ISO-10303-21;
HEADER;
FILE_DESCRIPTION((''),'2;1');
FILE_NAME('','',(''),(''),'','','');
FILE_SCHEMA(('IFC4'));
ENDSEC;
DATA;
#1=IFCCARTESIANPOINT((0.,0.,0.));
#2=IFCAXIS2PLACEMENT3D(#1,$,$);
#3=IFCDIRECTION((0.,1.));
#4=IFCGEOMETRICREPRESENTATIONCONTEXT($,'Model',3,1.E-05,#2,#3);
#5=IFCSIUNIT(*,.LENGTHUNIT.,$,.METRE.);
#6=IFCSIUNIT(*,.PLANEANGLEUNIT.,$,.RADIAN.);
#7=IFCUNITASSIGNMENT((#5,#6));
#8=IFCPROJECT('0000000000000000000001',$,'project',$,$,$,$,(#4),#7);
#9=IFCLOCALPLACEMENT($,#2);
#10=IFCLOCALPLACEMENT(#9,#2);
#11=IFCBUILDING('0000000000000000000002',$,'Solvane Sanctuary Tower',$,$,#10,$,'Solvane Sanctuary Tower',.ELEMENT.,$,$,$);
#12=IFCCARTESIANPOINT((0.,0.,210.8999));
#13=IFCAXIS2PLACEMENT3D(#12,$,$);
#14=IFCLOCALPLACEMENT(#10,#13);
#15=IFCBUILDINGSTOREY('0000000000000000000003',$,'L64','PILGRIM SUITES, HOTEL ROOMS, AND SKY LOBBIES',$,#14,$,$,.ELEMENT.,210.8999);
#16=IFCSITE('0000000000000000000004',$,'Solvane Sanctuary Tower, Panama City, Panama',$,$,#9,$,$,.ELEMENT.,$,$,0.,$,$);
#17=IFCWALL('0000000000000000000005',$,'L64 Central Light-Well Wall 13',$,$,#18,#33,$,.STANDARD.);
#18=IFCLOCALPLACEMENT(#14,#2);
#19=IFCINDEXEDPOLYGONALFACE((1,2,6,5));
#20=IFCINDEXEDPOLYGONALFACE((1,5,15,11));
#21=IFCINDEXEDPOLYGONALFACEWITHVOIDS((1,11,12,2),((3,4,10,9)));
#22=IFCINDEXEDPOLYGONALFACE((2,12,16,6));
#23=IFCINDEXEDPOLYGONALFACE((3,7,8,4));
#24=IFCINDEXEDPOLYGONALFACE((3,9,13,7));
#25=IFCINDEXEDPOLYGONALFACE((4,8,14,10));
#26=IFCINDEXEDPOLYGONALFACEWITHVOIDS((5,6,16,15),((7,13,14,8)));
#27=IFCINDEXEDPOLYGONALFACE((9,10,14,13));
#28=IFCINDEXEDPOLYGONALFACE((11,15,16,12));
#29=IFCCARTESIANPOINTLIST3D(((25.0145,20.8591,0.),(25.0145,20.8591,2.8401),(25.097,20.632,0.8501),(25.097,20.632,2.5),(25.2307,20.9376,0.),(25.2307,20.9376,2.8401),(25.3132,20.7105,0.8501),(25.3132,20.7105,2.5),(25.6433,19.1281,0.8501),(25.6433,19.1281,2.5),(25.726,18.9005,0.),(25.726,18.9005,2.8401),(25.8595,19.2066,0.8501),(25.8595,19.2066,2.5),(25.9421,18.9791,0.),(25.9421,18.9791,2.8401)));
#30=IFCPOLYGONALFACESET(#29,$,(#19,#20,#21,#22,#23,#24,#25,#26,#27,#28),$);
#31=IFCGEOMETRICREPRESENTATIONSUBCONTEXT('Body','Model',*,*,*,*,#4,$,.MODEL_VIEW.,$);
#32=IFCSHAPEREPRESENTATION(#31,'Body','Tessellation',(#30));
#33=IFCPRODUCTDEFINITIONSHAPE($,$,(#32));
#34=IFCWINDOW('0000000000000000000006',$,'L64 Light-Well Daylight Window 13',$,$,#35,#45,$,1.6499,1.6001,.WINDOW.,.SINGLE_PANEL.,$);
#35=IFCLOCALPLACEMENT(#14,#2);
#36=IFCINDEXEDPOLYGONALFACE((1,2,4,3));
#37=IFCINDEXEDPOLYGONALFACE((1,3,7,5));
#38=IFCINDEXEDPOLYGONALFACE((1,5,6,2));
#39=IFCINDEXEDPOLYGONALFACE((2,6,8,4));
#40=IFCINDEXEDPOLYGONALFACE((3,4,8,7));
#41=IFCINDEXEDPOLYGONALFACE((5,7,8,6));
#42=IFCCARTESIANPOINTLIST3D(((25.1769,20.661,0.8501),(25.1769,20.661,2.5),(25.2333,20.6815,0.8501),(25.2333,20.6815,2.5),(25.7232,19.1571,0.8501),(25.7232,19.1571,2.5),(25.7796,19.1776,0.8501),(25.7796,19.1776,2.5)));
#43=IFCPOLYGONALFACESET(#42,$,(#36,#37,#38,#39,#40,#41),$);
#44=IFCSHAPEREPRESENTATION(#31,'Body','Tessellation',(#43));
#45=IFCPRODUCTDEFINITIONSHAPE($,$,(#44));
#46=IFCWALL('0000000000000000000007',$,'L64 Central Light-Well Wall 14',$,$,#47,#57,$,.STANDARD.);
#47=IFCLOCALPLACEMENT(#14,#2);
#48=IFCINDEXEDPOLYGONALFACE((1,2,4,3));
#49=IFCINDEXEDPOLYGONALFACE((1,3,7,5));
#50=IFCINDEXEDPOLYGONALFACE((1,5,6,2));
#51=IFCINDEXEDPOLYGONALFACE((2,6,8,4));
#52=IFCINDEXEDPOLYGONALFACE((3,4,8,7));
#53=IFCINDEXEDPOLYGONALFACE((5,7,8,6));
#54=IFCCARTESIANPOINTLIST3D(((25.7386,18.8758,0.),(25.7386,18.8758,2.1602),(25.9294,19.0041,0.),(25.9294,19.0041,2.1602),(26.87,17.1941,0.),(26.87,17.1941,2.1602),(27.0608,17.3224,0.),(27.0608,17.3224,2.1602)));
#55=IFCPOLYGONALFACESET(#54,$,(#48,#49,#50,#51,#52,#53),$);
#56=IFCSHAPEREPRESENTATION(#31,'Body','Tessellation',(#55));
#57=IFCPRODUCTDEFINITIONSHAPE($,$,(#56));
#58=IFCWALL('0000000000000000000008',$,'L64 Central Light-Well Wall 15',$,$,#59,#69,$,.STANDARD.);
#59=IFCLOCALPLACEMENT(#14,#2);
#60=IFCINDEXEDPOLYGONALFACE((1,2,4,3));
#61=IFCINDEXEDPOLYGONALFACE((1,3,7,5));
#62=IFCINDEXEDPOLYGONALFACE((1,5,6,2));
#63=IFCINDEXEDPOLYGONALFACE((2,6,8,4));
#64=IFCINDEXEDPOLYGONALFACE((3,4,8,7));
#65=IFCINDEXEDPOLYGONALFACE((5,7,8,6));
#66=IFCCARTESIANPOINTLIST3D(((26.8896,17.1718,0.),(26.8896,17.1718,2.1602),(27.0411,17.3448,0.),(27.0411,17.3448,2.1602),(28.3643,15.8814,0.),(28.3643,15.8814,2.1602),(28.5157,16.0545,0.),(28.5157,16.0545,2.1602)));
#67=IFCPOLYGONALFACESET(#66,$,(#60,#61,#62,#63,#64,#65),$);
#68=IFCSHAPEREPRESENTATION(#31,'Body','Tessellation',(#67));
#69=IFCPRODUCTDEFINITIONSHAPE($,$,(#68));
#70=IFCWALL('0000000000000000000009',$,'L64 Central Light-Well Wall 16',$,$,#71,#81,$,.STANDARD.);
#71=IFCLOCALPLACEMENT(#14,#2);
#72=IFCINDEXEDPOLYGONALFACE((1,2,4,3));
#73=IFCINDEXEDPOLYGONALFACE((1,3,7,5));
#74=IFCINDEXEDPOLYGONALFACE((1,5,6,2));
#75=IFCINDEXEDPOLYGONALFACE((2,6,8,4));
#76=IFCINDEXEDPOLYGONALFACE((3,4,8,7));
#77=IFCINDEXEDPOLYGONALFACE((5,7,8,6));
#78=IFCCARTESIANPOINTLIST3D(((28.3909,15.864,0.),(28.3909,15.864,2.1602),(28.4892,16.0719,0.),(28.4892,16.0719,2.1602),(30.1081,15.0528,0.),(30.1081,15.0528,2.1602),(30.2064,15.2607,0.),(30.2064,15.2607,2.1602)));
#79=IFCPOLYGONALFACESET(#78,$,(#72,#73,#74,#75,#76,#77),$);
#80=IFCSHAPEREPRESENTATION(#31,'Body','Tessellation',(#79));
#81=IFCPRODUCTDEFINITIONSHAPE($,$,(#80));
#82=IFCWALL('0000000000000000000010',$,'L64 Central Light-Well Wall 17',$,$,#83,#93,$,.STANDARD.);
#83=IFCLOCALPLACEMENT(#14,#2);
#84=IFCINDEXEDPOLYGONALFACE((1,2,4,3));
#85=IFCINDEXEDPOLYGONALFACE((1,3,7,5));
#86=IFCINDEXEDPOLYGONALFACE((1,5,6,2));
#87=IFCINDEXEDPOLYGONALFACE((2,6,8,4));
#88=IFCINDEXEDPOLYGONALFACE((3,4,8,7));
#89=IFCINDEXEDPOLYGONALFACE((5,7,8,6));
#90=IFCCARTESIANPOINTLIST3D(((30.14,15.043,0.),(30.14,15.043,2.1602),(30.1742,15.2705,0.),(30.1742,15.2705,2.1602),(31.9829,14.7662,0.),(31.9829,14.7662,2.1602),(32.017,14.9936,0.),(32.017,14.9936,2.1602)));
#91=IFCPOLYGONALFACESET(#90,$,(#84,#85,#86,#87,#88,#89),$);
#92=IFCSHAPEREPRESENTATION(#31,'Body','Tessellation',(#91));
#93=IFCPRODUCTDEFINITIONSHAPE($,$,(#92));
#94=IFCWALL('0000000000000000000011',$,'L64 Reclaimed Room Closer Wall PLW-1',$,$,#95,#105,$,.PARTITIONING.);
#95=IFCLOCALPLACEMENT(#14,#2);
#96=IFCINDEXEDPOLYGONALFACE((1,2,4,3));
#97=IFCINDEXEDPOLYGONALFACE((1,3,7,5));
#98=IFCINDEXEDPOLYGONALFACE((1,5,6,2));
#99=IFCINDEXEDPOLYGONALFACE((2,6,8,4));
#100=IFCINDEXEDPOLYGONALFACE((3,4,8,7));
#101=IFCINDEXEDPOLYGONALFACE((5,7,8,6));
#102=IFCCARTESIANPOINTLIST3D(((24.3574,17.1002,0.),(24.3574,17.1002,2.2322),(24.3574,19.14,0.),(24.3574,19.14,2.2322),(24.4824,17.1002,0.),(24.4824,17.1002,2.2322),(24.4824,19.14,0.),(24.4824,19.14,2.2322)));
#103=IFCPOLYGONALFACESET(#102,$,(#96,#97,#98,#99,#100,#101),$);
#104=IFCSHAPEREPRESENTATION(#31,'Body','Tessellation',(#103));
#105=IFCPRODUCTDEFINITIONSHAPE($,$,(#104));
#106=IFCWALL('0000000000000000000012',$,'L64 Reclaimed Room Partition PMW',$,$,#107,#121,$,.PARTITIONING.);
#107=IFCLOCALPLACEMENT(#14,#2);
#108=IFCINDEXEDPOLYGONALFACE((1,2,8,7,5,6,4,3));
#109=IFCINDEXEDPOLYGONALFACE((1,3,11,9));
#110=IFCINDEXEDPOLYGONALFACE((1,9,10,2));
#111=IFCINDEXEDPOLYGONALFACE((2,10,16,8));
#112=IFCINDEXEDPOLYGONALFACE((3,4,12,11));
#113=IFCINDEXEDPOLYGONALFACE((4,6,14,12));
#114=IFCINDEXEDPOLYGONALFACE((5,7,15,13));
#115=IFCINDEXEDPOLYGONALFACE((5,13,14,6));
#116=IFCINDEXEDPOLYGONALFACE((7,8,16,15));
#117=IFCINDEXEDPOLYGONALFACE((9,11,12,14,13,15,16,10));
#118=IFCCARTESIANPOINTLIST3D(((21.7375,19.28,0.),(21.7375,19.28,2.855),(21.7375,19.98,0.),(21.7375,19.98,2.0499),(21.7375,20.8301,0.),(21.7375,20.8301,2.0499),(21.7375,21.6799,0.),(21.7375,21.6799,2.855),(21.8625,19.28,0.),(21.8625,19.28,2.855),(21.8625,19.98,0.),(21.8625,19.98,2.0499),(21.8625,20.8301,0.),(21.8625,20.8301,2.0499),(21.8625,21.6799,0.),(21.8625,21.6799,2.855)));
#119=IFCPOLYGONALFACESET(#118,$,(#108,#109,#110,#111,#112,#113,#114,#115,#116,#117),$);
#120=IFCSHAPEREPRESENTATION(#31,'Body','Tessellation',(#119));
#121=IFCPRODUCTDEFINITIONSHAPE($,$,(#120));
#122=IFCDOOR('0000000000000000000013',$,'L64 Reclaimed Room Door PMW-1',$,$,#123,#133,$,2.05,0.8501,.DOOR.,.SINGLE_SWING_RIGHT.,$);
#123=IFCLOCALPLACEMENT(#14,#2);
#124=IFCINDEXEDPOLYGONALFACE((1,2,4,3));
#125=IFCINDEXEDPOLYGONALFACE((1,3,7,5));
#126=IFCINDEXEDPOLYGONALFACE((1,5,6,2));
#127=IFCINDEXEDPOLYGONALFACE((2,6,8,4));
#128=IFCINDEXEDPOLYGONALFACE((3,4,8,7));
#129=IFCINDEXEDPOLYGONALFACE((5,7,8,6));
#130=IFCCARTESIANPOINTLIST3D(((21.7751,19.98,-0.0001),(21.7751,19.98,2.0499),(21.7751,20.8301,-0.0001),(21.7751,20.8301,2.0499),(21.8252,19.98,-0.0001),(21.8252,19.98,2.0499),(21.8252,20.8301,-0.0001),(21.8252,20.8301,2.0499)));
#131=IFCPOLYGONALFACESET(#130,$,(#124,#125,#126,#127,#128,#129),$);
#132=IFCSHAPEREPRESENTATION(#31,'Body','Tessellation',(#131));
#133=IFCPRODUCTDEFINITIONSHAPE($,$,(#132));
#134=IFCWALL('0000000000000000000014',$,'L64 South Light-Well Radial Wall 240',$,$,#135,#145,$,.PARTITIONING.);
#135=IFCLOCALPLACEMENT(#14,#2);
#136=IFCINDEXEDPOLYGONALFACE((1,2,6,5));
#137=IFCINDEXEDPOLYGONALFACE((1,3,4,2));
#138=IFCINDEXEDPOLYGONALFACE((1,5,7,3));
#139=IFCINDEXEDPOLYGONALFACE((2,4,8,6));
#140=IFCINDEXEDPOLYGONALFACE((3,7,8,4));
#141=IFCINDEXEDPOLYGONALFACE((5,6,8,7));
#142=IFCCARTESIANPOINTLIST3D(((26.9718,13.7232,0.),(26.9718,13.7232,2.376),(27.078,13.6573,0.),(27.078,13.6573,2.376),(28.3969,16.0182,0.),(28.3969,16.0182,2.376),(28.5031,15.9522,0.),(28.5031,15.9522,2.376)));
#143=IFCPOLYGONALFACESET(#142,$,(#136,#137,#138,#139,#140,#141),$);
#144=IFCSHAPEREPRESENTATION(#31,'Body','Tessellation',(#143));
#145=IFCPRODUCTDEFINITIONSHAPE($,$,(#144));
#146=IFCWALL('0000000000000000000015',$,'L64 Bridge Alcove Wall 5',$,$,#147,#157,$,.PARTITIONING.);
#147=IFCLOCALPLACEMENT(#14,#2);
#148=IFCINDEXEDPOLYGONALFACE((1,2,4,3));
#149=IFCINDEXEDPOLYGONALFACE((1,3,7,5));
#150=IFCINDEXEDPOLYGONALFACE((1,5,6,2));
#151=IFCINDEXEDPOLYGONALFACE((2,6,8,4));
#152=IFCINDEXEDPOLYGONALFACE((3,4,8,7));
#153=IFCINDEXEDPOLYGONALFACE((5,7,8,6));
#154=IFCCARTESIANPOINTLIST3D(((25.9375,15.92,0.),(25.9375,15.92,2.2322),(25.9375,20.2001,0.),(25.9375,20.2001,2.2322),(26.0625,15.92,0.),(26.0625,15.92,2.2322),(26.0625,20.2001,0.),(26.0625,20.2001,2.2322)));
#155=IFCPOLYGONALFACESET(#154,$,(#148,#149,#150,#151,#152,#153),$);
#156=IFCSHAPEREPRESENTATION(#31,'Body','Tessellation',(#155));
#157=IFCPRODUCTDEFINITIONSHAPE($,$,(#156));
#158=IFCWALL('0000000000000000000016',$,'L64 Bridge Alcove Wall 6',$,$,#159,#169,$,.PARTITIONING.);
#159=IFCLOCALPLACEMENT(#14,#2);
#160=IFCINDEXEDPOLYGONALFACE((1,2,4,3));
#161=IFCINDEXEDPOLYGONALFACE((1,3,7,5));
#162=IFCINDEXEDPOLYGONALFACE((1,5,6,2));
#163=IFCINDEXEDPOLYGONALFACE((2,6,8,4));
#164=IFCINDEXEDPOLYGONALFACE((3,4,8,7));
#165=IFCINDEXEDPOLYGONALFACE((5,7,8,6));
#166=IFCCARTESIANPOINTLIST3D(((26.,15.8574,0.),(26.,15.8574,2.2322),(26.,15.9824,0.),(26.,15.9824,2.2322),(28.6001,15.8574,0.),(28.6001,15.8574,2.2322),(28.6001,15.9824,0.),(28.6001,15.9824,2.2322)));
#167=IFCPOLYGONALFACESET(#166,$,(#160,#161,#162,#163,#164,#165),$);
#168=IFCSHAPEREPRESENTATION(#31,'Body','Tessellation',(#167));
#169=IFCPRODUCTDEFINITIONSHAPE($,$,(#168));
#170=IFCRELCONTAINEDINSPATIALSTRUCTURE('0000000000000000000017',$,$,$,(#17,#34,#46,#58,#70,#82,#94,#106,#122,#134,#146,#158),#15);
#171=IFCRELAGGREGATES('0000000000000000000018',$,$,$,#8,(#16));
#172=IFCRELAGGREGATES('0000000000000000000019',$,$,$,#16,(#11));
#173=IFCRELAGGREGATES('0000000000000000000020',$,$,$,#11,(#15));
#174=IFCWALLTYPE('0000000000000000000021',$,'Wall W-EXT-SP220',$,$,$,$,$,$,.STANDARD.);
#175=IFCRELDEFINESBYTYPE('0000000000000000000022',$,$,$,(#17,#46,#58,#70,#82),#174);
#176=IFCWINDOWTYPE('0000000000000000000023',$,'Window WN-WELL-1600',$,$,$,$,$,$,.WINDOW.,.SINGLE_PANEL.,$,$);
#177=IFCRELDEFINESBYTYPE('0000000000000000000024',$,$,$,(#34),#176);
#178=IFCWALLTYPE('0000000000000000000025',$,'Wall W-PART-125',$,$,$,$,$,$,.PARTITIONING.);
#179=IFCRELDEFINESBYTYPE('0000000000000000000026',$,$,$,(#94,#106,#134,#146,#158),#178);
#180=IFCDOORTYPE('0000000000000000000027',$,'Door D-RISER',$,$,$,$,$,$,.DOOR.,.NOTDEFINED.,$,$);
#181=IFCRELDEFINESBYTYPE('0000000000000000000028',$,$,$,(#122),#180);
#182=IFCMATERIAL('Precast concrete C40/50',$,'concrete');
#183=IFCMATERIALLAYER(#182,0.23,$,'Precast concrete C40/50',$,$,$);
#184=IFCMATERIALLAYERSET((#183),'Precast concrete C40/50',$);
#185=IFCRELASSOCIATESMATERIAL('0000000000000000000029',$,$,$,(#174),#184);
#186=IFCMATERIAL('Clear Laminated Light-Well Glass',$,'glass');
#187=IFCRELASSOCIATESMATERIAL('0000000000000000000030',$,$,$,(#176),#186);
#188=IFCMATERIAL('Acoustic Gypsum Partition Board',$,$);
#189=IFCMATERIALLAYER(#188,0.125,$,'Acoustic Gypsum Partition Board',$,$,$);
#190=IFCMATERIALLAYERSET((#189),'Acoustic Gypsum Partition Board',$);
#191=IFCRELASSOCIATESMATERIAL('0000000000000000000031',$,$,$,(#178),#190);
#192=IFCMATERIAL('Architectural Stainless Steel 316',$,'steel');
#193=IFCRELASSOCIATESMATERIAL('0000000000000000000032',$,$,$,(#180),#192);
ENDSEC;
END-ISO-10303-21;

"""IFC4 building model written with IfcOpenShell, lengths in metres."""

from ifc_helpers import new_model, si_unit, direction, frame, frame_2d, origin, place, context, subcontext, project, spatial, rectangle, extrude, material, layer, layer_set, type_object, element, fill, save


model = new_model("IFC4")

# Units and contexts
model_context = context("Model", 3, precision=1e-05, world=origin(), true_north=direction((0.0, 1.0)))
body_context = subcontext(model_context, "Body", "Model", "MODEL_VIEW")
ifc_project = project(units=[si_unit("LENGTHUNIT", "METRE"), si_unit("PLANEANGLEUNIT", "RADIAN")], contexts=[model_context])

# Site, building, storey
site_placement = place(None, origin())
site = spatial("IfcSite", under=ifc_project, at=site_placement, Name="Solvane Sanctuary Tower, Panama City, Panama", CompositionType="ELEMENT", RefElevation=0.0)
building_placement = place(site_placement, origin())
building = spatial("IfcBuilding", under=site, at=building_placement, Name="Solvane Sanctuary Tower", LongName="Solvane Sanctuary Tower", CompositionType="ELEMENT")
storey_placement = place(building_placement, frame((0.0, 0.0, 210.8999)))
storey = spatial("IfcBuildingStorey", under=building, at=storey_placement, Name="L64", Description="PILGRIM SUITES, HOTEL ROOMS, AND SKY LOBBIES", CompositionType="ELEMENT", Elevation=210.8999)

# Wall, opening, window
ifc_material_1 = material(Name="Precast concrete C40/50", Category="concrete")
ifc_layer_1 = layer(ifc_material_1, 0.23, Name="Precast concrete C40/50")
ifc_layer_set_1 = layer_set([ifc_layer_1], Name="Precast concrete C40/50")
wall_type_1 = type_object("IfcWallType", Name="Wall W-EXT-SP220", PredefinedType="STANDARD", material=ifc_layer_set_1)
wall_1_placement = place(storey_placement, frame((25.1226, 20.8984, 0.0), z_axis=(0.0, 0.0, 1.0), x_axis=(0.341423, -0.93991, 0.0)))
wall_1 = element("IfcWall", 1, at=wall_1_placement, inside=storey, type_object=wall_type_1, Name="L64 Central Light-Well Wall 13", PredefinedType="STANDARD", context=body_context, shape_type="SweptSolid", body=[
    extrude(rectangle(XDim=2.0837, YDim=0.23, at=frame_2d((1.042, 0.0))), origin(), (0.0, 0.0, 1.0), 2.8401),
])
opening_1_placement = place(wall_1_placement, frame((0.2417, 0.0, 0.8501)))
opening_1 = element("IfcOpeningElement", 2, at=opening_1_placement, cuts=wall_1, PredefinedType="OPENING", context=body_context, shape_type="SweptSolid", body=[
    extrude(rectangle(XDim=1.6001, YDim=1.6499, at=frame_2d((0.8, 0.825))), frame((0.0, 0.125, 0.0), z_axis=(0.0, -1.0, 0.0), x_axis=(1.0, 0.0, 0.0)), (0.0, 0.0, 1.0), 0.25),
])
ifc_material_2 = material(Name="Clear Laminated Light-Well Glass", Category="glass")
window_type = type_object("IfcWindowType", Name="Window WN-WELL-1600", PartitioningType="SINGLE_PANEL", PredefinedType="WINDOW", material=ifc_material_2)
window_placement = place(opening_1_placement, origin())
window = element("IfcWindow", 3, at=window_placement, inside=storey, type_object=window_type, Name="L64 Light-Well Daylight Window 13", OverallHeight=1.6499, OverallWidth=1.6001, PartitioningType="SINGLE_PANEL", PredefinedType="WINDOW", context=body_context, shape_type="SweptSolid", body=[
    extrude(rectangle(XDim=1.6001, YDim=1.6499, at=frame_2d((0.8, 0.825))), frame((0.0, 0.03, 0.0), z_axis=(0.0, -1.0, 0.0), x_axis=(1.0, 0.0, 0.0)), (0.0, 0.0, 1.0), 0.0601),
])
fill(opening_1, window)

# Walls
wall_2_placement = place(storey_placement, frame((25.834, 18.9399, 0.0), z_axis=(0.0, 0.0, 1.0), x_axis=(0.558198, -0.829708, 0.0)))
element("IfcWall", 4, at=wall_2_placement, inside=storey, type_object=wall_type_1, Name="L64 Central Light-Well Wall 14", PredefinedType="STANDARD", context=body_context, shape_type="SweptSolid", body=[
    extrude(rectangle(XDim=2.0269, YDim=0.23, at=frame_2d((1.0134, 0.0))), origin(), (0.0, 0.0, 1.0), 2.1602),
])
wall_3_placement = place(storey_placement, frame((26.9653, 17.2583, 0.0), z_axis=(0.0, 0.0, 1.0), x_axis=(0.752577, -0.658505, 0.0)))
element("IfcWall", 5, at=wall_3_placement, inside=storey, type_object=wall_type_1, Name="L64 Central Light-Well Wall 15", PredefinedType="STANDARD", context=body_context, shape_type="SweptSolid", body=[
    extrude(rectangle(XDim=1.9595, YDim=0.23, at=frame_2d((0.9797, 0.0))), origin(), (0.0, 0.0, 1.0), 2.1602),
])
wall_4_placement = place(storey_placement, frame((28.4399, 15.968, 0.0), z_axis=(0.0, 0.0, 1.0), x_axis=(0.90418, -0.427152, 0.0)))
element("IfcWall", 6, at=wall_4_placement, inside=storey, type_object=wall_type_1, Name="L64 Central Light-Well Wall 16", PredefinedType="STANDARD", context=body_context, shape_type="SweptSolid", body=[
    extrude(rectangle(XDim=1.8992, YDim=0.23, at=frame_2d((0.9497, 0.0))), origin(), (0.0, 0.0, 1.0), 2.1602),
])
wall_5_placement = place(storey_placement, frame((30.1572, 15.1567, 0.0), z_axis=(0.0, 0.0, 1.0), x_axis=(0.988902, -0.148571, 0.0)))
element("IfcWall", 7, at=wall_5_placement, inside=storey, type_object=wall_type_1, Name="L64 Central Light-Well Wall 17", PredefinedType="STANDARD", context=body_context, shape_type="SweptSolid", body=[
    extrude(rectangle(XDim=1.8635, YDim=0.23, at=frame_2d((0.9316, 0.0))), origin(), (0.0, 0.0, 1.0), 2.1602),
])
ifc_material_3 = material(Name="Acoustic Gypsum Partition Board")
ifc_layer_2 = layer(ifc_material_3, 0.125, Name="Acoustic Gypsum Partition Board")
ifc_layer_set_2 = layer_set([ifc_layer_2], Name="Acoustic Gypsum Partition Board")
wall_type_2 = type_object("IfcWallType", Name="Wall W-PART-125", PredefinedType="PARTITIONING", material=ifc_layer_set_2)
wall_6_placement = place(storey_placement, frame((24.4199, 17.1001, 0.0), z_axis=(0.0, 0.0, 1.0), x_axis=(0.0, 1.0, 0.0)))
element("IfcWall", 8, at=wall_6_placement, inside=storey, type_object=wall_type_2, Name="L64 Reclaimed Room Closer Wall PLW-1", PredefinedType="PARTITIONING", context=body_context, shape_type="SweptSolid", body=[
    extrude(rectangle(XDim=2.0398, YDim=0.125, at=frame_2d((1.02, 0.0))), origin(), (0.0, 0.0, 1.0), 2.2322),
])

# Wall, opening, door
wall_7_placement = place(storey_placement, frame((21.8, 19.28, 0.0), z_axis=(0.0, 0.0, 1.0), x_axis=(0.0, 1.0, 0.0)))
wall_7 = element("IfcWall", 9, at=wall_7_placement, inside=storey, type_object=wall_type_2, Name="L64 Reclaimed Room Partition PMW", PredefinedType="PARTITIONING", context=body_context, shape_type="SweptSolid", body=[
    extrude(rectangle(XDim=2.3999, YDim=0.125, at=frame_2d((1.2, 0.0))), origin(), (0.0, 0.0, 1.0), 2.855),
])
opening_2_placement = place(wall_7_placement, frame((0.7, 0.0, 0.0)))
opening_2 = element("IfcOpeningElement", 10, at=opening_2_placement, cuts=wall_7, PredefinedType="OPENING", context=body_context, shape_type="SweptSolid", body=[
    extrude(rectangle(XDim=0.8501, YDim=2.05, at=frame_2d((0.425, 1.0249))), frame((0.0, 0.0725, 0.0), z_axis=(0.0, -1.0, 0.0), x_axis=(1.0, 0.0, 0.0)), (0.0, 0.0, 1.0), 0.145),
])
ifc_material_4 = material(Name="Architectural Stainless Steel 316", Category="steel")
door_type = type_object("IfcDoorType", Name="Door D-RISER", OperationType="NOTDEFINED", PredefinedType="DOOR", material=ifc_material_4)
door_placement = place(opening_2_placement, origin())
door = element("IfcDoor", 11, at=door_placement, inside=storey, type_object=door_type, Name="L64 Reclaimed Room Door PMW-1", OperationType="SINGLE_SWING_RIGHT", OverallHeight=2.05, OverallWidth=0.8501, PredefinedType="DOOR", context=body_context, shape_type="SweptSolid", body=[
    extrude(rectangle(XDim=0.8501, YDim=2.05, at=frame_2d((0.425, 1.0249))), frame((0.0, 0.0249, 0.0), z_axis=(0.0, -1.0, 0.0), x_axis=(1.0, 0.0, 0.0)), (0.0, 0.0, 1.0), 0.05),
])
fill(opening_2, door)

# Walls
wall_8_placement = place(storey_placement, frame((28.45, 15.9851, 0.0), z_axis=(0.0, 0.0, 1.0), x_axis=(-0.527527, -0.849538, 0.0)))
element("IfcWall", 12, at=wall_8_placement, inside=storey, type_object=wall_type_2, Name="L64 South Light-Well Radial Wall 240", PredefinedType="PARTITIONING", context=body_context, shape_type="SweptSolid", body=[
    extrude(rectangle(XDim=2.7014, YDim=0.125, at=frame_2d((1.3506, 0.0))), origin(), (0.0, 0.0, 1.0), 2.376),
])
wall_9_placement = place(storey_placement, frame((26.0, 15.9199, 0.0), z_axis=(0.0, 0.0, 1.0), x_axis=(0.0, 1.0, 0.0)))
element("IfcWall", 13, at=wall_9_placement, inside=storey, type_object=wall_type_2, Name="L64 Bridge Alcove Wall 5", PredefinedType="PARTITIONING", context=body_context, shape_type="SweptSolid", body=[
    extrude(rectangle(XDim=4.28, YDim=0.125, at=frame_2d((2.1401, 0.0))), origin(), (0.0, 0.0, 1.0), 2.2322),
])
wall_10_placement = place(storey_placement, frame((26.0, 15.9199, 0.0), z_axis=(0.0, 0.0, 1.0), x_axis=(1.0, 0.0, 0.0)))
element("IfcWall", 14, at=wall_10_placement, inside=storey, type_object=wall_type_2, Name="L64 Bridge Alcove Wall 6", PredefinedType="PARTITIONING", context=body_context, shape_type="SweptSolid", body=[
    extrude(rectangle(XDim=2.6001, YDim=0.125, at=frame_2d((1.3, 0.0))), origin(), (0.0, 0.0, 1.0), 2.2322),
])

save(model, "model.ifc")
